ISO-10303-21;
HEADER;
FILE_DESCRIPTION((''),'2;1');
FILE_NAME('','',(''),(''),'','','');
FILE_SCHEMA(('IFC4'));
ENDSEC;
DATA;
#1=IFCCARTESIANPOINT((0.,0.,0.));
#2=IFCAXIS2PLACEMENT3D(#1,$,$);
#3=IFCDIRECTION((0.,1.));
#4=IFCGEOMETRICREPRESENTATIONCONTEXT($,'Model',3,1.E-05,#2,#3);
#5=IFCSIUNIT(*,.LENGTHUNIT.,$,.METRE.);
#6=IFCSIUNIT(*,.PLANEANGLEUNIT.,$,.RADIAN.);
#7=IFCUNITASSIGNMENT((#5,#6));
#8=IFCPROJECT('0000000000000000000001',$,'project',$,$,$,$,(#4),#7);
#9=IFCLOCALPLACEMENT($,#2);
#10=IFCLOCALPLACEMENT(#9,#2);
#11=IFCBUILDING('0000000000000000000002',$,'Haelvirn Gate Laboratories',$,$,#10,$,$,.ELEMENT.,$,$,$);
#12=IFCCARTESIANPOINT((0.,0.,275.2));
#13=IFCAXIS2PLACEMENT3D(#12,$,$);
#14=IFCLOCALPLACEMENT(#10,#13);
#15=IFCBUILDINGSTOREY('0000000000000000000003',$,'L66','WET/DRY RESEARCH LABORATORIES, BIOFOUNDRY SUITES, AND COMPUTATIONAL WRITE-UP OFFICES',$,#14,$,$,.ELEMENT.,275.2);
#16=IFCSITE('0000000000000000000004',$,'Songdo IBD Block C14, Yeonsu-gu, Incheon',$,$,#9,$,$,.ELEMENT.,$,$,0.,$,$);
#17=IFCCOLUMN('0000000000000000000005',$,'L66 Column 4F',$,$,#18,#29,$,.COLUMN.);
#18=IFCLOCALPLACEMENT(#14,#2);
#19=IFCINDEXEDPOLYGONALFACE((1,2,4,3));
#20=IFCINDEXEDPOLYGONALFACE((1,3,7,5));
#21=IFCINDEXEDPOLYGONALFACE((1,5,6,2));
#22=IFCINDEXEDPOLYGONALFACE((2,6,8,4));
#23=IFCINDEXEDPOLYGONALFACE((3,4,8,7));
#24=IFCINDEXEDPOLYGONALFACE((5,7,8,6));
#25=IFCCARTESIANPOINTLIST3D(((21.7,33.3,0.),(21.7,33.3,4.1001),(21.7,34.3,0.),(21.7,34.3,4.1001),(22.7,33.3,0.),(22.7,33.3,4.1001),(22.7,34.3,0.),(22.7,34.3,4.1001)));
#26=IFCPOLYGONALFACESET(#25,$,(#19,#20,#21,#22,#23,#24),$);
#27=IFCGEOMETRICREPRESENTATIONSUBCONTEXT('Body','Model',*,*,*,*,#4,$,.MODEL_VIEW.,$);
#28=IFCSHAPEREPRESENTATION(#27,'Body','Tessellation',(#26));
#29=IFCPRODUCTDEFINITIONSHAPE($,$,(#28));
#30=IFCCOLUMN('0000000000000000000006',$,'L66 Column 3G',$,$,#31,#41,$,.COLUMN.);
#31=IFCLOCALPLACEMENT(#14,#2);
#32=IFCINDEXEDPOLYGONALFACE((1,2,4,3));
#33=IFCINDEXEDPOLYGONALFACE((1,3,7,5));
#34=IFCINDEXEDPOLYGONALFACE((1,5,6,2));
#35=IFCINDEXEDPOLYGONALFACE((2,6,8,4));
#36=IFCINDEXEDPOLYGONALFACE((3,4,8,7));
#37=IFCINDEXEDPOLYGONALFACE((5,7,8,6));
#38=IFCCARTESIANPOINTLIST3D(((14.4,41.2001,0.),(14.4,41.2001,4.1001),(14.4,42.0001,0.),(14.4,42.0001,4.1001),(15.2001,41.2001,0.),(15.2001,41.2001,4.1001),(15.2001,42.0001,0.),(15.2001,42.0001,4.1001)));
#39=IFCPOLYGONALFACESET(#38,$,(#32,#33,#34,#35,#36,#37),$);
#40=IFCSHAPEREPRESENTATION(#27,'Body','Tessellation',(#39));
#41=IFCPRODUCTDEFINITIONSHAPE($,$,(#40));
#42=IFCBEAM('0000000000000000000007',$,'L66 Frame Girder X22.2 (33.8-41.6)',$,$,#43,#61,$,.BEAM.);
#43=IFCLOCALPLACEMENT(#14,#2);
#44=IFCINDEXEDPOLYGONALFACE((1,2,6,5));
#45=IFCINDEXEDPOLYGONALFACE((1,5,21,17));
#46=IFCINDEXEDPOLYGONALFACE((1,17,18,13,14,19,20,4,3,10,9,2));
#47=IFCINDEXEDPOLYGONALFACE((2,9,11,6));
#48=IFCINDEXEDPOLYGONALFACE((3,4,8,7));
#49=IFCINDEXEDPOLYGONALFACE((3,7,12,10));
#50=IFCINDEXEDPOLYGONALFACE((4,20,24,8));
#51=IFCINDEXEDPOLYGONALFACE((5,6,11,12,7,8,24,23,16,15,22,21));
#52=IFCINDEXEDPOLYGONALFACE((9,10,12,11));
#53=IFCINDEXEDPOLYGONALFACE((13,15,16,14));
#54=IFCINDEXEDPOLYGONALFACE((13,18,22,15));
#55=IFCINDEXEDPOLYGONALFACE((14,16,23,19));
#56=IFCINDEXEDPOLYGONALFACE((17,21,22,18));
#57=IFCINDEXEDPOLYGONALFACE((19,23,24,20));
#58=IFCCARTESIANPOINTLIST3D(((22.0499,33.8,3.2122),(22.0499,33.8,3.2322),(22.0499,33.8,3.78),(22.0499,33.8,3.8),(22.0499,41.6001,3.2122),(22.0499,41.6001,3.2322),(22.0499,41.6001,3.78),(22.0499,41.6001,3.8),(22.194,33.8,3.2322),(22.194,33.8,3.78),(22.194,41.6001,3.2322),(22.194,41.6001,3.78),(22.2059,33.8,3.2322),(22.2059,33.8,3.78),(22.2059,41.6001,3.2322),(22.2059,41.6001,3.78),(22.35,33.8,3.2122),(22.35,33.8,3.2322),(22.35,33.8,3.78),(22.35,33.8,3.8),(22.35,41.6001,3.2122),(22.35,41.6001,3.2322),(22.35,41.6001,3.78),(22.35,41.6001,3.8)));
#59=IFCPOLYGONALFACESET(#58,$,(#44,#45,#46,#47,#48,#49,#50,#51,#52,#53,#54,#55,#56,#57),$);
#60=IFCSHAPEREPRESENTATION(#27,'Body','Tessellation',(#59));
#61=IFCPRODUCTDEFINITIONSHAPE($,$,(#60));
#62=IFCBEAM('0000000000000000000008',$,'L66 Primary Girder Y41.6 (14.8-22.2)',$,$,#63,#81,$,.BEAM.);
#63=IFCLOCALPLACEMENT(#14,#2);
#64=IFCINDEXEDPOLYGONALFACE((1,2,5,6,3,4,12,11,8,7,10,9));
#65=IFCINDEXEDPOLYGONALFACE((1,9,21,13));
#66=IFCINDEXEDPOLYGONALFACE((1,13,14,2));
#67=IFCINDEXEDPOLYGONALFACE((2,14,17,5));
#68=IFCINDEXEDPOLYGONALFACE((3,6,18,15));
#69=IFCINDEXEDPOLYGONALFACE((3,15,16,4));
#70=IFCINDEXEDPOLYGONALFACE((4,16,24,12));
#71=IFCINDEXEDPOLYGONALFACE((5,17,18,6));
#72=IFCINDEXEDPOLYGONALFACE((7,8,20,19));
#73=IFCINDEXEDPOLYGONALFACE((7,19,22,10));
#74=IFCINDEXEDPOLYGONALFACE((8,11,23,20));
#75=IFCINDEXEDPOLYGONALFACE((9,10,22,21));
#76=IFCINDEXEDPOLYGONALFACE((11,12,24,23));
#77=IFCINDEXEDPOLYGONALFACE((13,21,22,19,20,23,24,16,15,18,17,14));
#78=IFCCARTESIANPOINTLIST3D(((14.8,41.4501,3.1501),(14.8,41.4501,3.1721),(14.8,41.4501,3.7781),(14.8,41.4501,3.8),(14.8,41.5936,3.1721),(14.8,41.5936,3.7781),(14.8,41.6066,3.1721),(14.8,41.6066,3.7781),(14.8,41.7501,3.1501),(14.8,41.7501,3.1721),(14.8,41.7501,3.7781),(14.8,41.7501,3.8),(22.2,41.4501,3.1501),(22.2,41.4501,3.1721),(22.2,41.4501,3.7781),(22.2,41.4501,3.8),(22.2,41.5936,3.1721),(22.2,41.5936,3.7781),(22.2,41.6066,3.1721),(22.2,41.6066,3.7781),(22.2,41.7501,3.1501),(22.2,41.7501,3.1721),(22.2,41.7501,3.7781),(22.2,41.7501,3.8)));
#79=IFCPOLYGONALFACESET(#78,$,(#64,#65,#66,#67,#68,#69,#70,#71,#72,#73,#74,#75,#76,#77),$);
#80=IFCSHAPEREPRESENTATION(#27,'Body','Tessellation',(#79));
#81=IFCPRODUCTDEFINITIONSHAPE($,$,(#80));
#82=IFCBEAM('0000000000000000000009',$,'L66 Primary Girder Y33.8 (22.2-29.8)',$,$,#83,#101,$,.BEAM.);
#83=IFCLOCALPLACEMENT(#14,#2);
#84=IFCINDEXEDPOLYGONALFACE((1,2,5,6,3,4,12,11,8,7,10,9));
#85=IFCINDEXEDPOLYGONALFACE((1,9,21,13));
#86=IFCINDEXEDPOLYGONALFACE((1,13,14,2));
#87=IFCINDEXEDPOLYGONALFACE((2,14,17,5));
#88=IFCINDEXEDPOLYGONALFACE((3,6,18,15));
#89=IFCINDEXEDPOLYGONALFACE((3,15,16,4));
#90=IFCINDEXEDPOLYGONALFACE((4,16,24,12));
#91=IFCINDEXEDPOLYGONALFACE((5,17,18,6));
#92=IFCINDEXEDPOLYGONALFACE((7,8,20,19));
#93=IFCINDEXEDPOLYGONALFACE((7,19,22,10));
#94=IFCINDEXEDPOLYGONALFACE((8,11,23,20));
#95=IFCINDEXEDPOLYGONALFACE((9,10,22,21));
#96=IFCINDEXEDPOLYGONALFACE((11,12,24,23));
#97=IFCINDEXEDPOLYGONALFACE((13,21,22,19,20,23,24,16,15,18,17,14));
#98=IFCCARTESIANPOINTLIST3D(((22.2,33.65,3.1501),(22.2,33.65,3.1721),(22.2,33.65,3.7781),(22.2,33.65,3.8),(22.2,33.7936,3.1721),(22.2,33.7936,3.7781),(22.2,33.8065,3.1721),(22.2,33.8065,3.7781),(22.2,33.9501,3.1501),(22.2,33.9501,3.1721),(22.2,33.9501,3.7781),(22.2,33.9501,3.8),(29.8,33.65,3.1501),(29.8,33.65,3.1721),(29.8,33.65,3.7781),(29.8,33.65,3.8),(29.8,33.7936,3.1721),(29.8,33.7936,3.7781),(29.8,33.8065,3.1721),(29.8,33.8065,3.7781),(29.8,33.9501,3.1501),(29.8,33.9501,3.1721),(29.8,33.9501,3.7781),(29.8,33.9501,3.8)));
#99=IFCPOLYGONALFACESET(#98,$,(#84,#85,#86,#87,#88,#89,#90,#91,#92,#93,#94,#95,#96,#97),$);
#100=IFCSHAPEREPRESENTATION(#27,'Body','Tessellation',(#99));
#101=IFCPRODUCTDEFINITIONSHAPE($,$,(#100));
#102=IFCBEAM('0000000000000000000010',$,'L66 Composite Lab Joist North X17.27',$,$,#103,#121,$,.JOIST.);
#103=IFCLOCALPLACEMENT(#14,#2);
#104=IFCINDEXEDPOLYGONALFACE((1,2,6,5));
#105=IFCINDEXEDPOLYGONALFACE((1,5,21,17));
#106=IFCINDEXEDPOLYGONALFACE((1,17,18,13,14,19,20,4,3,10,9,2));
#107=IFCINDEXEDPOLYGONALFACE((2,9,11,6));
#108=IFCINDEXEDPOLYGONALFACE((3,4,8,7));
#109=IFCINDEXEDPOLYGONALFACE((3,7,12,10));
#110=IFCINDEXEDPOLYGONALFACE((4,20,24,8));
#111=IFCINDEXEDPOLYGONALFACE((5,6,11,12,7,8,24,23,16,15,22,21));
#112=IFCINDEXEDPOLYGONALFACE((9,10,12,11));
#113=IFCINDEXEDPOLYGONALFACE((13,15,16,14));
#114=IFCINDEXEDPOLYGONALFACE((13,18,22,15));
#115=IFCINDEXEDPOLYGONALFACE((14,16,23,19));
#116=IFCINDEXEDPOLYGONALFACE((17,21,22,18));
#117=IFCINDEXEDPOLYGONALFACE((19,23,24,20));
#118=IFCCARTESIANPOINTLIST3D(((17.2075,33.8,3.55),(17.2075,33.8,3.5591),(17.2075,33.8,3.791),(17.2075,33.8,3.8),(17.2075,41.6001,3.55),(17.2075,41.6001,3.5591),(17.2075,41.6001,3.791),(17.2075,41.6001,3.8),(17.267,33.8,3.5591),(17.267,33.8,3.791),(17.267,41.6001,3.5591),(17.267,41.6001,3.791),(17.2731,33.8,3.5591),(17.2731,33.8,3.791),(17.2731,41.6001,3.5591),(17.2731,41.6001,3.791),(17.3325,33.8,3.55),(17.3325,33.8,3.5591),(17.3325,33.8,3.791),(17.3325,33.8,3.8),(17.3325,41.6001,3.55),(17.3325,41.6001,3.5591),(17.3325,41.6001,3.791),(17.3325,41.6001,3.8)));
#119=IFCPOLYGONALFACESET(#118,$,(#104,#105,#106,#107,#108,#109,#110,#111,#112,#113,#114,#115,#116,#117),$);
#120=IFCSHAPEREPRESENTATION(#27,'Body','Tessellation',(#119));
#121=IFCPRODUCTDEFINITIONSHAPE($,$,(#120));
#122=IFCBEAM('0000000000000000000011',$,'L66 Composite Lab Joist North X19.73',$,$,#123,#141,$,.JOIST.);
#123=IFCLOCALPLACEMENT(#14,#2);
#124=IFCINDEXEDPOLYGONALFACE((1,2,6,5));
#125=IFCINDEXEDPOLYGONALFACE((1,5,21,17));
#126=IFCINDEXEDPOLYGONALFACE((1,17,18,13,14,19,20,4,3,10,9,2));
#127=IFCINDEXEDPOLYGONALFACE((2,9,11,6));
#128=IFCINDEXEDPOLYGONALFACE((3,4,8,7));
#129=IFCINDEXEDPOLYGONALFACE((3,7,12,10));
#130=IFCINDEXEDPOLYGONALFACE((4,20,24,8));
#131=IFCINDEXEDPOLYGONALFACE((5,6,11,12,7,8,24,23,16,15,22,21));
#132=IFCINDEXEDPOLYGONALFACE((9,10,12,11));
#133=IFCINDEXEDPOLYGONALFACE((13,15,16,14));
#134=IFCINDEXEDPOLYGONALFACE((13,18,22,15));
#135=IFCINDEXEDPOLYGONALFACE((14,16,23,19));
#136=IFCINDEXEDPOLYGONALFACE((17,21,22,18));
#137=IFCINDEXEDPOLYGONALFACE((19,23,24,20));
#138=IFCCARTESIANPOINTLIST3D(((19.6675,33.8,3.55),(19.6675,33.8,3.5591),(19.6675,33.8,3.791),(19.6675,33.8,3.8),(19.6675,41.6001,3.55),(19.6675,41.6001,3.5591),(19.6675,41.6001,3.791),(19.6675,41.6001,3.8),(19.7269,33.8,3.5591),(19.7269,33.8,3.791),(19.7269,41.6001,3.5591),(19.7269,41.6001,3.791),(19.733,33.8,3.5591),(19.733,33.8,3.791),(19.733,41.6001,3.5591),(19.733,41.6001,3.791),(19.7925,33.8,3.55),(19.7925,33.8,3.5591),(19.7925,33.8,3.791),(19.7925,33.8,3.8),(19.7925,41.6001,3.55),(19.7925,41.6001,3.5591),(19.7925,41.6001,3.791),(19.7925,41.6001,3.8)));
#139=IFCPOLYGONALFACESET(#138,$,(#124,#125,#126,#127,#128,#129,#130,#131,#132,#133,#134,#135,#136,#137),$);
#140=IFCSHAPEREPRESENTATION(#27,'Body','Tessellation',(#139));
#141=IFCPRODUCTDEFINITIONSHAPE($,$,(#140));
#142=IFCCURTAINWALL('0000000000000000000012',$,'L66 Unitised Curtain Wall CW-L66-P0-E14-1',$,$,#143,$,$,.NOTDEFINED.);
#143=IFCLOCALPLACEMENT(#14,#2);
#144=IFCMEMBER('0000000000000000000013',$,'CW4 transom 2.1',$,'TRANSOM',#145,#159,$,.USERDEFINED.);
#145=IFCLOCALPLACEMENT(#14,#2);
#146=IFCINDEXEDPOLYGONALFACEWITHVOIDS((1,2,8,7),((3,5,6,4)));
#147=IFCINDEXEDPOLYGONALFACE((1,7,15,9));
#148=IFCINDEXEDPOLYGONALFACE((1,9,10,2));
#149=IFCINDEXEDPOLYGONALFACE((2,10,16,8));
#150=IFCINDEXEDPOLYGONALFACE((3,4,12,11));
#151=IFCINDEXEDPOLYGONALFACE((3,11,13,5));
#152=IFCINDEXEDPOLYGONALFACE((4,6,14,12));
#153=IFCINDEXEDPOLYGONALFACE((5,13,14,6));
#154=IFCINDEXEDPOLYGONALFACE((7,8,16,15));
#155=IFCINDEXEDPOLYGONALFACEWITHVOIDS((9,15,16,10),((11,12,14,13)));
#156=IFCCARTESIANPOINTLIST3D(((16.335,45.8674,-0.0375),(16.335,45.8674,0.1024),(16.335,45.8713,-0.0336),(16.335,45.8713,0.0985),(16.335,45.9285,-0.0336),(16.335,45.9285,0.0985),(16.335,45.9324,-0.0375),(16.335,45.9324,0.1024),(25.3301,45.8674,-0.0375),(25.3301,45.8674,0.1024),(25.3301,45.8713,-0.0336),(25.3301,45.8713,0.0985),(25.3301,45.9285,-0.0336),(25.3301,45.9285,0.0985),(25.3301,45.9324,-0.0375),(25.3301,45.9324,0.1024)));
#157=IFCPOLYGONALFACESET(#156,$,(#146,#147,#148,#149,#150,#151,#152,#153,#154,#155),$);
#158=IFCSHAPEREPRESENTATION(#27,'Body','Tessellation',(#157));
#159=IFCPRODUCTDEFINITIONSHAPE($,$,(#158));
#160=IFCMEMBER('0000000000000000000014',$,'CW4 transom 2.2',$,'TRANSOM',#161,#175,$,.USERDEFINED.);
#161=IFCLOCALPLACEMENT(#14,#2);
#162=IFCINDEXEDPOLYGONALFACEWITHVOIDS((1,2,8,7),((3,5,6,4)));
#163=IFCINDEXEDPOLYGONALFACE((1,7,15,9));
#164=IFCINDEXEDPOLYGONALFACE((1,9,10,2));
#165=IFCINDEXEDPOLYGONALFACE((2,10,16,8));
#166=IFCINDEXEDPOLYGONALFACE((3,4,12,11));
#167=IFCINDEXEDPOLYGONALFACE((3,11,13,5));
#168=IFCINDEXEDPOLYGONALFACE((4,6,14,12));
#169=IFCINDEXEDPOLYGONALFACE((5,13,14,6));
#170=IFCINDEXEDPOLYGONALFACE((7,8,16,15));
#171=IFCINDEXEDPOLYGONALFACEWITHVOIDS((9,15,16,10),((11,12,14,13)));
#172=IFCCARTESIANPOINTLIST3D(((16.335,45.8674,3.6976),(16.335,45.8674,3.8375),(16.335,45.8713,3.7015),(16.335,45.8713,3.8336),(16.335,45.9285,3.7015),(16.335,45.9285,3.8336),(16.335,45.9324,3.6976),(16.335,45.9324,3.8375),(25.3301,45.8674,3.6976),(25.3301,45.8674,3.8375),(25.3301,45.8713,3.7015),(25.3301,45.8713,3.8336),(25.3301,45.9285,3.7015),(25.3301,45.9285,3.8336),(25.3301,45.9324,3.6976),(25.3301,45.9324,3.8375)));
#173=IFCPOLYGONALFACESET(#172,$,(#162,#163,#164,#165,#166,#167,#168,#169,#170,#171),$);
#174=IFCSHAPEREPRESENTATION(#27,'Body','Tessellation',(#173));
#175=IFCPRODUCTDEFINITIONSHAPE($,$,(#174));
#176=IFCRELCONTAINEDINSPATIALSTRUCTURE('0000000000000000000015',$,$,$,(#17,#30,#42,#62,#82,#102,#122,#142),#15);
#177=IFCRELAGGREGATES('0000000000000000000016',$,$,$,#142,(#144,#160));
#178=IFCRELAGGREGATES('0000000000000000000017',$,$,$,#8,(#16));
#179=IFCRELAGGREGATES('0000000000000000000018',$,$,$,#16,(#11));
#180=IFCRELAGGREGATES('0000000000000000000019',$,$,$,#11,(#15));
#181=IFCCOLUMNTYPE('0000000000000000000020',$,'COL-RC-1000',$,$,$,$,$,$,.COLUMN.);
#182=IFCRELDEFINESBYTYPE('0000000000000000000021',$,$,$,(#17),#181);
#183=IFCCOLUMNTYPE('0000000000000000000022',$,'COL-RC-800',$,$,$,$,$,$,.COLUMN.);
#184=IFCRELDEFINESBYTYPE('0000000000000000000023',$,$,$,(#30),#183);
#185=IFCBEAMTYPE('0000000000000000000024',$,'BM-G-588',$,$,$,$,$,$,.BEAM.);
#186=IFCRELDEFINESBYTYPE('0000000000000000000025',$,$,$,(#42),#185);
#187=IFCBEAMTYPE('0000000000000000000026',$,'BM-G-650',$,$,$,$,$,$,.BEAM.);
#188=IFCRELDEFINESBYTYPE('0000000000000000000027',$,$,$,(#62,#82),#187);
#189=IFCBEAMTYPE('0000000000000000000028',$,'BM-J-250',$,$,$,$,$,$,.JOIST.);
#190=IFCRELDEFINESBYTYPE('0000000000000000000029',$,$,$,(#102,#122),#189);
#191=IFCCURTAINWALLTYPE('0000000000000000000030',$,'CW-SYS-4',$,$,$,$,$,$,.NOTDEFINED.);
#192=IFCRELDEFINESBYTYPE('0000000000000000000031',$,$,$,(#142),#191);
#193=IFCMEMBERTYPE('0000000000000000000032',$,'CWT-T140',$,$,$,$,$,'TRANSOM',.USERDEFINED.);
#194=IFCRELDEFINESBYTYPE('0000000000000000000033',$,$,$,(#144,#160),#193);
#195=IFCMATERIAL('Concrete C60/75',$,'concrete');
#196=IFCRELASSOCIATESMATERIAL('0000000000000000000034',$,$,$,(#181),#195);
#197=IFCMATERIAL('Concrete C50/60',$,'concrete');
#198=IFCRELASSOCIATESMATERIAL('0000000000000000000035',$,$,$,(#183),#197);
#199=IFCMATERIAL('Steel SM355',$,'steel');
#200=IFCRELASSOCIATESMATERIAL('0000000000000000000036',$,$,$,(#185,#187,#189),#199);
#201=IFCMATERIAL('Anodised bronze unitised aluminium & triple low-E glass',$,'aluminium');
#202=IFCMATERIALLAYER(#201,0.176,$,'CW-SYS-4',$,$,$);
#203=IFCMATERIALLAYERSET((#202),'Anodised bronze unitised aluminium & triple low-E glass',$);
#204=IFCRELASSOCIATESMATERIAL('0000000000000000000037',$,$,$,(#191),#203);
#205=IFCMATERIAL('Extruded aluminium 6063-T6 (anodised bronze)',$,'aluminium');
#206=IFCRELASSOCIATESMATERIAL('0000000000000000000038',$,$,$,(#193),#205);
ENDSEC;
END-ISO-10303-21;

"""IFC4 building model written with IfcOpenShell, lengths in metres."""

from ifc_helpers import new_model, si_unit, direction, frame, origin, origin_2d, place, context, subcontext, project, spatial, rectangle, hollow_rectangle, i_section, extrude, source, transform, mapped, material, layer, layer_set, material_profile, profile_set, type_object, type_shapes, element, aggregate, save


model = new_model("IFC4")

# Units and contexts
model_context = context("Model", 3, precision=1e-05, world=origin(), true_north=direction((0.0, 1.0)))
body_context = subcontext(model_context, "Body", "Model", "MODEL_VIEW")
ifc_project = project(units=[si_unit("LENGTHUNIT", "METRE"), si_unit("PLANEANGLEUNIT", "RADIAN")], contexts=[model_context])

# Site, building, storey
site_placement = place(None, origin())
site = spatial("IfcSite", under=ifc_project, at=site_placement, Name="Songdo IBD Block C14, Yeonsu-gu, Incheon", CompositionType="ELEMENT", RefElevation=0.0)
building_placement = place(site_placement, origin())
building = spatial("IfcBuilding", under=site, at=building_placement, Name="Haelvirn Gate Laboratories", CompositionType="ELEMENT")
storey_placement = place(building_placement, frame((0.0, 0.0, 275.2)))
storey = spatial("IfcBuildingStorey", under=building, at=storey_placement, Name="L66", Description="WET/DRY RESEARCH LABORATORIES, BIOFOUNDRY SUITES, AND COMPUTATIONAL WRITE-UP OFFICES", CompositionType="ELEMENT", Elevation=275.2)

# Columns
ifc_material_1 = material(Name="Concrete C60/75", Category="concrete")
ifc_material_profile_1 = material_profile(ifc_material_1, rectangle(XDim=1.0, YDim=1.0, at=origin_2d()), Name="RC-1000x1000")
ifc_profile_set_1 = profile_set([ifc_material_profile_1], Name="Concrete C60/75")
column_type_1 = type_object("IfcColumnType", Name="COL-RC-1000", PredefinedType="COLUMN", material=ifc_profile_set_1)
shared_shape_1 = source(origin(), body_context, "Body", "SweptSolid", [
    extrude(rectangle(XDim=1.0, YDim=1.0, at=origin_2d()), origin(), (0.0, 0.0, 1.0), 4.1001),
])
type_shapes(column_type_1, [shared_shape_1])
column_1_placement = place(storey_placement, frame((22.2, 33.8, 0.0), z_axis=(0.0, 0.0, 1.0), x_axis=(1.0, 0.0, 0.0)))
element("IfcColumn", 1, at=column_1_placement, inside=storey, type_object=column_type_1, Name="L66 Column 4F", PredefinedType="COLUMN", context=body_context, shape_type="MappedRepresentation", body=[
    mapped(shared_shape_1, transform((0.0, 0.0, 0.0), scale=1.0)),
])
ifc_material_2 = material(Name="Concrete C50/60", Category="concrete")
ifc_material_profile_2 = material_profile(ifc_material_2, rectangle(XDim=0.8, YDim=0.8, at=origin_2d()), Name="RC-800x800")
ifc_profile_set_2 = profile_set([ifc_material_profile_2], Name="Concrete C50/60")
column_type_2 = type_object("IfcColumnType", Name="COL-RC-800", PredefinedType="COLUMN", material=ifc_profile_set_2)
shared_shape_2 = source(origin(), body_context, "Body", "SweptSolid", [
    extrude(rectangle(XDim=0.8, YDim=0.8, at=origin_2d()), origin(), (0.0, 0.0, 1.0), 4.1001),
])
type_shapes(column_type_2, [shared_shape_2])
column_2_placement = place(storey_placement, frame((14.8, 41.6001, 0.0), z_axis=(0.0, 0.0, 1.0), x_axis=(1.0, 0.0, 0.0)))
element("IfcColumn", 2, at=column_2_placement, inside=storey, type_object=column_type_2, Name="L66 Column 3G", PredefinedType="COLUMN", context=body_context, shape_type="MappedRepresentation", body=[
    mapped(shared_shape_2, transform((0.0, 0.0, 0.0), scale=1.0)),
])

# Beams
ifc_material_3 = material(Name="Steel SM355", Category="steel")
ifc_material_profile_3 = material_profile(ifc_material_3, i_section(OverallWidth=0.3, OverallDepth=0.5879, WebThickness=0.012, FlangeThickness=0.02, at=origin_2d()), Name="H-588x300x12x20")
ifc_profile_set_3 = profile_set([ifc_material_profile_3], Name="Steel SM355")
beam_type_1 = type_object("IfcBeamType", Name="BM-G-588", PredefinedType="BEAM", material=ifc_profile_set_3)
shared_shape_3 = source(origin(), body_context, "Body", "SweptSolid", [
    extrude(i_section(OverallWidth=0.3, OverallDepth=0.5879, WebThickness=0.012, FlangeThickness=0.02, at=origin_2d()), origin(), (0.0, 0.0, 1.0), 7.8),
])
type_shapes(beam_type_1, [shared_shape_3])
beam_1_placement = place(storey_placement, frame((22.2, 33.8, 3.5061), z_axis=(0.0, 1.0, 0.0), x_axis=(-1.0, 0.0, 0.0)))
element("IfcBeam", 3, at=beam_1_placement, inside=storey, type_object=beam_type_1, Name="L66 Frame Girder X22.2 (33.8-41.6)", PredefinedType="BEAM", context=body_context, shape_type="MappedRepresentation", body=[
    mapped(shared_shape_3, transform((0.0, 0.0, 0.0), scale=1.0)),
])
ifc_material_profile_4 = material_profile(ifc_material_3, i_section(OverallWidth=0.3, OverallDepth=0.6499, WebThickness=0.0129, FlangeThickness=0.022, at=origin_2d()), Name="H-650x300x13x22")
ifc_profile_set_4 = profile_set([ifc_material_profile_4], Name="Steel SM355")
beam_type_2 = type_object("IfcBeamType", Name="BM-G-650", PredefinedType="BEAM", material=ifc_profile_set_4)
shared_shape_4 = source(origin(), body_context, "Body", "SweptSolid", [
    extrude(i_section(OverallWidth=0.3, OverallDepth=0.6499, WebThickness=0.0129, FlangeThickness=0.022, at=origin_2d()), origin(), (0.0, 0.0, 1.0), 7.3999),
])
beam_2_placement = place(storey_placement, frame((14.8, 41.6001, 3.4751), z_axis=(1.0, 0.0, 0.0), x_axis=(0.0, 1.0, 0.0)))
element("IfcBeam", 4, at=beam_2_placement, inside=storey, type_object=beam_type_2, Name="L66 Primary Girder Y41.6 (14.8-22.2)", PredefinedType="BEAM", context=body_context, shape_type="MappedRepresentation", body=[
    mapped(shared_shape_4, transform((0.0, 0.0, 0.0), scale=1.0)),
])
shared_shape_5 = source(origin(), body_context, "Body", "SweptSolid", [
    extrude(i_section(OverallWidth=0.3, OverallDepth=0.6499, WebThickness=0.0129, FlangeThickness=0.022, at=origin_2d()), origin(), (0.0, 0.0, 1.0), 7.6001),
])
type_shapes(beam_type_2, [shared_shape_4, shared_shape_5])
beam_3_placement = place(storey_placement, frame((22.2, 33.8, 3.4751), z_axis=(1.0, 0.0, 0.0), x_axis=(0.0, 1.0, 0.0)))
element("IfcBeam", 5, at=beam_3_placement, inside=storey, type_object=beam_type_2, Name="L66 Primary Girder Y33.8 (22.2-29.8)", PredefinedType="BEAM", context=body_context, shape_type="MappedRepresentation", body=[
    mapped(shared_shape_5, transform((0.0, 0.0, 0.0), scale=1.0)),
])
ifc_material_profile_5 = material_profile(ifc_material_3, i_section(OverallWidth=0.125, OverallDepth=0.25, WebThickness=0.0061, FlangeThickness=0.009, at=origin_2d()), Name="H-250x125x6x9")
ifc_profile_set_5 = profile_set([ifc_material_profile_5], Name="Steel SM355")
beam_type_3 = type_object("IfcBeamType", Name="BM-J-250", PredefinedType="JOIST", material=ifc_profile_set_5)
shared_shape_6 = source(origin(), body_context, "Body", "SweptSolid", [
    extrude(i_section(OverallWidth=0.125, OverallDepth=0.25, WebThickness=0.0061, FlangeThickness=0.009, at=origin_2d()), origin(), (0.0, 0.0, 1.0), 7.8),
])
type_shapes(beam_type_3, [shared_shape_6])
for number, where, z_axis, x_axis, name in (
    (6, (17.27, 33.8, 3.675), (0.0, 1.0, 0.0), (-1.0, 0.0, 0.0), "L66 Composite Lab Joist North X17.27"),
    (7, (19.73, 33.8, 3.675), (0.0, 1.0, 0.0), (-1.0, 0.0, 0.0), "L66 Composite Lab Joist North X19.73"),
):
    element("IfcBeam", number, at=place(storey_placement, frame(where, z_axis=z_axis, x_axis=x_axis)), inside=storey, type_object=beam_type_3, Name=name, PredefinedType="JOIST", context=body_context, shape_type="MappedRepresentation", body=[
        mapped(shared_shape_6, transform((0.0, 0.0, 0.0), scale=1.0)),
    ])

# Curtain wall, members
ifc_material_4 = material(Name="Anodised bronze unitised aluminium & triple low-E glass", Category="aluminium")
ifc_layer_1 = layer(ifc_material_4, 0.176, Name="CW-SYS-4")
ifc_layer_set_1 = layer_set([ifc_layer_1], Name="Anodised bronze unitised aluminium & triple low-E glass")
curtain_wall_type = type_object("IfcCurtainWallType", Name="CW-SYS-4", PredefinedType="NOTDEFINED", material=ifc_layer_set_1)
curtain_wall_placement = place(storey_placement, origin())
curtain_wall = element("IfcCurtainWall", 8, at=curtain_wall_placement, inside=storey, type_object=curtain_wall_type, Name="L66 Unitised Curtain Wall CW-L66-P0-E14-1", PredefinedType="NOTDEFINED")
ifc_material_5 = material(Name="Extruded aluminium 6063-T6 (anodised bronze)", Category="aluminium")
ifc_material_profile_6 = material_profile(ifc_material_5, hollow_rectangle(XDim=0.0649, YDim=0.1399, WallThickness=0.0039, at=origin_2d()), Name="CWT-140x65x4")
ifc_profile_set_6 = profile_set([ifc_material_profile_6], Name="Extruded aluminium 6063-T6 (anodised bronze)")
member_type_1 = type_object("IfcMemberType", Name="CWT-T140", ElementType="TRANSOM", PredefinedType="USERDEFINED", material=ifc_profile_set_6)
shared_shape_7 = source(origin(), body_context, "Body", "SweptSolid", [
    extrude(hollow_rectangle(XDim=0.0649, YDim=0.1399, WallThickness=0.0039, at=origin_2d()), origin(), (0.0, 0.0, 1.0), 8.9951),
])
type_shapes(member_type_1, [shared_shape_7])
member_1_placement = place(storey_placement, frame((16.335, 45.8999, 0.0325), z_axis=(1.0, 0.0, 0.0), x_axis=(0.0, 1.0, 0.0)))
member_1 = element("IfcMember", 9, at=member_1_placement, type_object=member_type_1, Name="CW4 transom 2.1", ObjectType="TRANSOM", PredefinedType="USERDEFINED", context=body_context, shape_type="MappedRepresentation", body=[
    mapped(shared_shape_7, transform((0.0, 0.0, 0.0), scale=1.0)),
])
member_2_placement = place(storey_placement, frame((16.335, 45.8999, 3.7676), z_axis=(1.0, 0.0, 0.0), x_axis=(0.0, 1.0, 0.0)))
member_2 = element("IfcMember", 10, at=member_2_placement, type_object=member_type_1, Name="CW4 transom 2.2", ObjectType="TRANSOM", PredefinedType="USERDEFINED", context=body_context, shape_type="MappedRepresentation", body=[
    mapped(shared_shape_7, transform((0.0, 0.0, 0.0), scale=1.0)),
])
aggregate(curtain_wall, [member_1, member_2])

save(model, "model.ifc")
